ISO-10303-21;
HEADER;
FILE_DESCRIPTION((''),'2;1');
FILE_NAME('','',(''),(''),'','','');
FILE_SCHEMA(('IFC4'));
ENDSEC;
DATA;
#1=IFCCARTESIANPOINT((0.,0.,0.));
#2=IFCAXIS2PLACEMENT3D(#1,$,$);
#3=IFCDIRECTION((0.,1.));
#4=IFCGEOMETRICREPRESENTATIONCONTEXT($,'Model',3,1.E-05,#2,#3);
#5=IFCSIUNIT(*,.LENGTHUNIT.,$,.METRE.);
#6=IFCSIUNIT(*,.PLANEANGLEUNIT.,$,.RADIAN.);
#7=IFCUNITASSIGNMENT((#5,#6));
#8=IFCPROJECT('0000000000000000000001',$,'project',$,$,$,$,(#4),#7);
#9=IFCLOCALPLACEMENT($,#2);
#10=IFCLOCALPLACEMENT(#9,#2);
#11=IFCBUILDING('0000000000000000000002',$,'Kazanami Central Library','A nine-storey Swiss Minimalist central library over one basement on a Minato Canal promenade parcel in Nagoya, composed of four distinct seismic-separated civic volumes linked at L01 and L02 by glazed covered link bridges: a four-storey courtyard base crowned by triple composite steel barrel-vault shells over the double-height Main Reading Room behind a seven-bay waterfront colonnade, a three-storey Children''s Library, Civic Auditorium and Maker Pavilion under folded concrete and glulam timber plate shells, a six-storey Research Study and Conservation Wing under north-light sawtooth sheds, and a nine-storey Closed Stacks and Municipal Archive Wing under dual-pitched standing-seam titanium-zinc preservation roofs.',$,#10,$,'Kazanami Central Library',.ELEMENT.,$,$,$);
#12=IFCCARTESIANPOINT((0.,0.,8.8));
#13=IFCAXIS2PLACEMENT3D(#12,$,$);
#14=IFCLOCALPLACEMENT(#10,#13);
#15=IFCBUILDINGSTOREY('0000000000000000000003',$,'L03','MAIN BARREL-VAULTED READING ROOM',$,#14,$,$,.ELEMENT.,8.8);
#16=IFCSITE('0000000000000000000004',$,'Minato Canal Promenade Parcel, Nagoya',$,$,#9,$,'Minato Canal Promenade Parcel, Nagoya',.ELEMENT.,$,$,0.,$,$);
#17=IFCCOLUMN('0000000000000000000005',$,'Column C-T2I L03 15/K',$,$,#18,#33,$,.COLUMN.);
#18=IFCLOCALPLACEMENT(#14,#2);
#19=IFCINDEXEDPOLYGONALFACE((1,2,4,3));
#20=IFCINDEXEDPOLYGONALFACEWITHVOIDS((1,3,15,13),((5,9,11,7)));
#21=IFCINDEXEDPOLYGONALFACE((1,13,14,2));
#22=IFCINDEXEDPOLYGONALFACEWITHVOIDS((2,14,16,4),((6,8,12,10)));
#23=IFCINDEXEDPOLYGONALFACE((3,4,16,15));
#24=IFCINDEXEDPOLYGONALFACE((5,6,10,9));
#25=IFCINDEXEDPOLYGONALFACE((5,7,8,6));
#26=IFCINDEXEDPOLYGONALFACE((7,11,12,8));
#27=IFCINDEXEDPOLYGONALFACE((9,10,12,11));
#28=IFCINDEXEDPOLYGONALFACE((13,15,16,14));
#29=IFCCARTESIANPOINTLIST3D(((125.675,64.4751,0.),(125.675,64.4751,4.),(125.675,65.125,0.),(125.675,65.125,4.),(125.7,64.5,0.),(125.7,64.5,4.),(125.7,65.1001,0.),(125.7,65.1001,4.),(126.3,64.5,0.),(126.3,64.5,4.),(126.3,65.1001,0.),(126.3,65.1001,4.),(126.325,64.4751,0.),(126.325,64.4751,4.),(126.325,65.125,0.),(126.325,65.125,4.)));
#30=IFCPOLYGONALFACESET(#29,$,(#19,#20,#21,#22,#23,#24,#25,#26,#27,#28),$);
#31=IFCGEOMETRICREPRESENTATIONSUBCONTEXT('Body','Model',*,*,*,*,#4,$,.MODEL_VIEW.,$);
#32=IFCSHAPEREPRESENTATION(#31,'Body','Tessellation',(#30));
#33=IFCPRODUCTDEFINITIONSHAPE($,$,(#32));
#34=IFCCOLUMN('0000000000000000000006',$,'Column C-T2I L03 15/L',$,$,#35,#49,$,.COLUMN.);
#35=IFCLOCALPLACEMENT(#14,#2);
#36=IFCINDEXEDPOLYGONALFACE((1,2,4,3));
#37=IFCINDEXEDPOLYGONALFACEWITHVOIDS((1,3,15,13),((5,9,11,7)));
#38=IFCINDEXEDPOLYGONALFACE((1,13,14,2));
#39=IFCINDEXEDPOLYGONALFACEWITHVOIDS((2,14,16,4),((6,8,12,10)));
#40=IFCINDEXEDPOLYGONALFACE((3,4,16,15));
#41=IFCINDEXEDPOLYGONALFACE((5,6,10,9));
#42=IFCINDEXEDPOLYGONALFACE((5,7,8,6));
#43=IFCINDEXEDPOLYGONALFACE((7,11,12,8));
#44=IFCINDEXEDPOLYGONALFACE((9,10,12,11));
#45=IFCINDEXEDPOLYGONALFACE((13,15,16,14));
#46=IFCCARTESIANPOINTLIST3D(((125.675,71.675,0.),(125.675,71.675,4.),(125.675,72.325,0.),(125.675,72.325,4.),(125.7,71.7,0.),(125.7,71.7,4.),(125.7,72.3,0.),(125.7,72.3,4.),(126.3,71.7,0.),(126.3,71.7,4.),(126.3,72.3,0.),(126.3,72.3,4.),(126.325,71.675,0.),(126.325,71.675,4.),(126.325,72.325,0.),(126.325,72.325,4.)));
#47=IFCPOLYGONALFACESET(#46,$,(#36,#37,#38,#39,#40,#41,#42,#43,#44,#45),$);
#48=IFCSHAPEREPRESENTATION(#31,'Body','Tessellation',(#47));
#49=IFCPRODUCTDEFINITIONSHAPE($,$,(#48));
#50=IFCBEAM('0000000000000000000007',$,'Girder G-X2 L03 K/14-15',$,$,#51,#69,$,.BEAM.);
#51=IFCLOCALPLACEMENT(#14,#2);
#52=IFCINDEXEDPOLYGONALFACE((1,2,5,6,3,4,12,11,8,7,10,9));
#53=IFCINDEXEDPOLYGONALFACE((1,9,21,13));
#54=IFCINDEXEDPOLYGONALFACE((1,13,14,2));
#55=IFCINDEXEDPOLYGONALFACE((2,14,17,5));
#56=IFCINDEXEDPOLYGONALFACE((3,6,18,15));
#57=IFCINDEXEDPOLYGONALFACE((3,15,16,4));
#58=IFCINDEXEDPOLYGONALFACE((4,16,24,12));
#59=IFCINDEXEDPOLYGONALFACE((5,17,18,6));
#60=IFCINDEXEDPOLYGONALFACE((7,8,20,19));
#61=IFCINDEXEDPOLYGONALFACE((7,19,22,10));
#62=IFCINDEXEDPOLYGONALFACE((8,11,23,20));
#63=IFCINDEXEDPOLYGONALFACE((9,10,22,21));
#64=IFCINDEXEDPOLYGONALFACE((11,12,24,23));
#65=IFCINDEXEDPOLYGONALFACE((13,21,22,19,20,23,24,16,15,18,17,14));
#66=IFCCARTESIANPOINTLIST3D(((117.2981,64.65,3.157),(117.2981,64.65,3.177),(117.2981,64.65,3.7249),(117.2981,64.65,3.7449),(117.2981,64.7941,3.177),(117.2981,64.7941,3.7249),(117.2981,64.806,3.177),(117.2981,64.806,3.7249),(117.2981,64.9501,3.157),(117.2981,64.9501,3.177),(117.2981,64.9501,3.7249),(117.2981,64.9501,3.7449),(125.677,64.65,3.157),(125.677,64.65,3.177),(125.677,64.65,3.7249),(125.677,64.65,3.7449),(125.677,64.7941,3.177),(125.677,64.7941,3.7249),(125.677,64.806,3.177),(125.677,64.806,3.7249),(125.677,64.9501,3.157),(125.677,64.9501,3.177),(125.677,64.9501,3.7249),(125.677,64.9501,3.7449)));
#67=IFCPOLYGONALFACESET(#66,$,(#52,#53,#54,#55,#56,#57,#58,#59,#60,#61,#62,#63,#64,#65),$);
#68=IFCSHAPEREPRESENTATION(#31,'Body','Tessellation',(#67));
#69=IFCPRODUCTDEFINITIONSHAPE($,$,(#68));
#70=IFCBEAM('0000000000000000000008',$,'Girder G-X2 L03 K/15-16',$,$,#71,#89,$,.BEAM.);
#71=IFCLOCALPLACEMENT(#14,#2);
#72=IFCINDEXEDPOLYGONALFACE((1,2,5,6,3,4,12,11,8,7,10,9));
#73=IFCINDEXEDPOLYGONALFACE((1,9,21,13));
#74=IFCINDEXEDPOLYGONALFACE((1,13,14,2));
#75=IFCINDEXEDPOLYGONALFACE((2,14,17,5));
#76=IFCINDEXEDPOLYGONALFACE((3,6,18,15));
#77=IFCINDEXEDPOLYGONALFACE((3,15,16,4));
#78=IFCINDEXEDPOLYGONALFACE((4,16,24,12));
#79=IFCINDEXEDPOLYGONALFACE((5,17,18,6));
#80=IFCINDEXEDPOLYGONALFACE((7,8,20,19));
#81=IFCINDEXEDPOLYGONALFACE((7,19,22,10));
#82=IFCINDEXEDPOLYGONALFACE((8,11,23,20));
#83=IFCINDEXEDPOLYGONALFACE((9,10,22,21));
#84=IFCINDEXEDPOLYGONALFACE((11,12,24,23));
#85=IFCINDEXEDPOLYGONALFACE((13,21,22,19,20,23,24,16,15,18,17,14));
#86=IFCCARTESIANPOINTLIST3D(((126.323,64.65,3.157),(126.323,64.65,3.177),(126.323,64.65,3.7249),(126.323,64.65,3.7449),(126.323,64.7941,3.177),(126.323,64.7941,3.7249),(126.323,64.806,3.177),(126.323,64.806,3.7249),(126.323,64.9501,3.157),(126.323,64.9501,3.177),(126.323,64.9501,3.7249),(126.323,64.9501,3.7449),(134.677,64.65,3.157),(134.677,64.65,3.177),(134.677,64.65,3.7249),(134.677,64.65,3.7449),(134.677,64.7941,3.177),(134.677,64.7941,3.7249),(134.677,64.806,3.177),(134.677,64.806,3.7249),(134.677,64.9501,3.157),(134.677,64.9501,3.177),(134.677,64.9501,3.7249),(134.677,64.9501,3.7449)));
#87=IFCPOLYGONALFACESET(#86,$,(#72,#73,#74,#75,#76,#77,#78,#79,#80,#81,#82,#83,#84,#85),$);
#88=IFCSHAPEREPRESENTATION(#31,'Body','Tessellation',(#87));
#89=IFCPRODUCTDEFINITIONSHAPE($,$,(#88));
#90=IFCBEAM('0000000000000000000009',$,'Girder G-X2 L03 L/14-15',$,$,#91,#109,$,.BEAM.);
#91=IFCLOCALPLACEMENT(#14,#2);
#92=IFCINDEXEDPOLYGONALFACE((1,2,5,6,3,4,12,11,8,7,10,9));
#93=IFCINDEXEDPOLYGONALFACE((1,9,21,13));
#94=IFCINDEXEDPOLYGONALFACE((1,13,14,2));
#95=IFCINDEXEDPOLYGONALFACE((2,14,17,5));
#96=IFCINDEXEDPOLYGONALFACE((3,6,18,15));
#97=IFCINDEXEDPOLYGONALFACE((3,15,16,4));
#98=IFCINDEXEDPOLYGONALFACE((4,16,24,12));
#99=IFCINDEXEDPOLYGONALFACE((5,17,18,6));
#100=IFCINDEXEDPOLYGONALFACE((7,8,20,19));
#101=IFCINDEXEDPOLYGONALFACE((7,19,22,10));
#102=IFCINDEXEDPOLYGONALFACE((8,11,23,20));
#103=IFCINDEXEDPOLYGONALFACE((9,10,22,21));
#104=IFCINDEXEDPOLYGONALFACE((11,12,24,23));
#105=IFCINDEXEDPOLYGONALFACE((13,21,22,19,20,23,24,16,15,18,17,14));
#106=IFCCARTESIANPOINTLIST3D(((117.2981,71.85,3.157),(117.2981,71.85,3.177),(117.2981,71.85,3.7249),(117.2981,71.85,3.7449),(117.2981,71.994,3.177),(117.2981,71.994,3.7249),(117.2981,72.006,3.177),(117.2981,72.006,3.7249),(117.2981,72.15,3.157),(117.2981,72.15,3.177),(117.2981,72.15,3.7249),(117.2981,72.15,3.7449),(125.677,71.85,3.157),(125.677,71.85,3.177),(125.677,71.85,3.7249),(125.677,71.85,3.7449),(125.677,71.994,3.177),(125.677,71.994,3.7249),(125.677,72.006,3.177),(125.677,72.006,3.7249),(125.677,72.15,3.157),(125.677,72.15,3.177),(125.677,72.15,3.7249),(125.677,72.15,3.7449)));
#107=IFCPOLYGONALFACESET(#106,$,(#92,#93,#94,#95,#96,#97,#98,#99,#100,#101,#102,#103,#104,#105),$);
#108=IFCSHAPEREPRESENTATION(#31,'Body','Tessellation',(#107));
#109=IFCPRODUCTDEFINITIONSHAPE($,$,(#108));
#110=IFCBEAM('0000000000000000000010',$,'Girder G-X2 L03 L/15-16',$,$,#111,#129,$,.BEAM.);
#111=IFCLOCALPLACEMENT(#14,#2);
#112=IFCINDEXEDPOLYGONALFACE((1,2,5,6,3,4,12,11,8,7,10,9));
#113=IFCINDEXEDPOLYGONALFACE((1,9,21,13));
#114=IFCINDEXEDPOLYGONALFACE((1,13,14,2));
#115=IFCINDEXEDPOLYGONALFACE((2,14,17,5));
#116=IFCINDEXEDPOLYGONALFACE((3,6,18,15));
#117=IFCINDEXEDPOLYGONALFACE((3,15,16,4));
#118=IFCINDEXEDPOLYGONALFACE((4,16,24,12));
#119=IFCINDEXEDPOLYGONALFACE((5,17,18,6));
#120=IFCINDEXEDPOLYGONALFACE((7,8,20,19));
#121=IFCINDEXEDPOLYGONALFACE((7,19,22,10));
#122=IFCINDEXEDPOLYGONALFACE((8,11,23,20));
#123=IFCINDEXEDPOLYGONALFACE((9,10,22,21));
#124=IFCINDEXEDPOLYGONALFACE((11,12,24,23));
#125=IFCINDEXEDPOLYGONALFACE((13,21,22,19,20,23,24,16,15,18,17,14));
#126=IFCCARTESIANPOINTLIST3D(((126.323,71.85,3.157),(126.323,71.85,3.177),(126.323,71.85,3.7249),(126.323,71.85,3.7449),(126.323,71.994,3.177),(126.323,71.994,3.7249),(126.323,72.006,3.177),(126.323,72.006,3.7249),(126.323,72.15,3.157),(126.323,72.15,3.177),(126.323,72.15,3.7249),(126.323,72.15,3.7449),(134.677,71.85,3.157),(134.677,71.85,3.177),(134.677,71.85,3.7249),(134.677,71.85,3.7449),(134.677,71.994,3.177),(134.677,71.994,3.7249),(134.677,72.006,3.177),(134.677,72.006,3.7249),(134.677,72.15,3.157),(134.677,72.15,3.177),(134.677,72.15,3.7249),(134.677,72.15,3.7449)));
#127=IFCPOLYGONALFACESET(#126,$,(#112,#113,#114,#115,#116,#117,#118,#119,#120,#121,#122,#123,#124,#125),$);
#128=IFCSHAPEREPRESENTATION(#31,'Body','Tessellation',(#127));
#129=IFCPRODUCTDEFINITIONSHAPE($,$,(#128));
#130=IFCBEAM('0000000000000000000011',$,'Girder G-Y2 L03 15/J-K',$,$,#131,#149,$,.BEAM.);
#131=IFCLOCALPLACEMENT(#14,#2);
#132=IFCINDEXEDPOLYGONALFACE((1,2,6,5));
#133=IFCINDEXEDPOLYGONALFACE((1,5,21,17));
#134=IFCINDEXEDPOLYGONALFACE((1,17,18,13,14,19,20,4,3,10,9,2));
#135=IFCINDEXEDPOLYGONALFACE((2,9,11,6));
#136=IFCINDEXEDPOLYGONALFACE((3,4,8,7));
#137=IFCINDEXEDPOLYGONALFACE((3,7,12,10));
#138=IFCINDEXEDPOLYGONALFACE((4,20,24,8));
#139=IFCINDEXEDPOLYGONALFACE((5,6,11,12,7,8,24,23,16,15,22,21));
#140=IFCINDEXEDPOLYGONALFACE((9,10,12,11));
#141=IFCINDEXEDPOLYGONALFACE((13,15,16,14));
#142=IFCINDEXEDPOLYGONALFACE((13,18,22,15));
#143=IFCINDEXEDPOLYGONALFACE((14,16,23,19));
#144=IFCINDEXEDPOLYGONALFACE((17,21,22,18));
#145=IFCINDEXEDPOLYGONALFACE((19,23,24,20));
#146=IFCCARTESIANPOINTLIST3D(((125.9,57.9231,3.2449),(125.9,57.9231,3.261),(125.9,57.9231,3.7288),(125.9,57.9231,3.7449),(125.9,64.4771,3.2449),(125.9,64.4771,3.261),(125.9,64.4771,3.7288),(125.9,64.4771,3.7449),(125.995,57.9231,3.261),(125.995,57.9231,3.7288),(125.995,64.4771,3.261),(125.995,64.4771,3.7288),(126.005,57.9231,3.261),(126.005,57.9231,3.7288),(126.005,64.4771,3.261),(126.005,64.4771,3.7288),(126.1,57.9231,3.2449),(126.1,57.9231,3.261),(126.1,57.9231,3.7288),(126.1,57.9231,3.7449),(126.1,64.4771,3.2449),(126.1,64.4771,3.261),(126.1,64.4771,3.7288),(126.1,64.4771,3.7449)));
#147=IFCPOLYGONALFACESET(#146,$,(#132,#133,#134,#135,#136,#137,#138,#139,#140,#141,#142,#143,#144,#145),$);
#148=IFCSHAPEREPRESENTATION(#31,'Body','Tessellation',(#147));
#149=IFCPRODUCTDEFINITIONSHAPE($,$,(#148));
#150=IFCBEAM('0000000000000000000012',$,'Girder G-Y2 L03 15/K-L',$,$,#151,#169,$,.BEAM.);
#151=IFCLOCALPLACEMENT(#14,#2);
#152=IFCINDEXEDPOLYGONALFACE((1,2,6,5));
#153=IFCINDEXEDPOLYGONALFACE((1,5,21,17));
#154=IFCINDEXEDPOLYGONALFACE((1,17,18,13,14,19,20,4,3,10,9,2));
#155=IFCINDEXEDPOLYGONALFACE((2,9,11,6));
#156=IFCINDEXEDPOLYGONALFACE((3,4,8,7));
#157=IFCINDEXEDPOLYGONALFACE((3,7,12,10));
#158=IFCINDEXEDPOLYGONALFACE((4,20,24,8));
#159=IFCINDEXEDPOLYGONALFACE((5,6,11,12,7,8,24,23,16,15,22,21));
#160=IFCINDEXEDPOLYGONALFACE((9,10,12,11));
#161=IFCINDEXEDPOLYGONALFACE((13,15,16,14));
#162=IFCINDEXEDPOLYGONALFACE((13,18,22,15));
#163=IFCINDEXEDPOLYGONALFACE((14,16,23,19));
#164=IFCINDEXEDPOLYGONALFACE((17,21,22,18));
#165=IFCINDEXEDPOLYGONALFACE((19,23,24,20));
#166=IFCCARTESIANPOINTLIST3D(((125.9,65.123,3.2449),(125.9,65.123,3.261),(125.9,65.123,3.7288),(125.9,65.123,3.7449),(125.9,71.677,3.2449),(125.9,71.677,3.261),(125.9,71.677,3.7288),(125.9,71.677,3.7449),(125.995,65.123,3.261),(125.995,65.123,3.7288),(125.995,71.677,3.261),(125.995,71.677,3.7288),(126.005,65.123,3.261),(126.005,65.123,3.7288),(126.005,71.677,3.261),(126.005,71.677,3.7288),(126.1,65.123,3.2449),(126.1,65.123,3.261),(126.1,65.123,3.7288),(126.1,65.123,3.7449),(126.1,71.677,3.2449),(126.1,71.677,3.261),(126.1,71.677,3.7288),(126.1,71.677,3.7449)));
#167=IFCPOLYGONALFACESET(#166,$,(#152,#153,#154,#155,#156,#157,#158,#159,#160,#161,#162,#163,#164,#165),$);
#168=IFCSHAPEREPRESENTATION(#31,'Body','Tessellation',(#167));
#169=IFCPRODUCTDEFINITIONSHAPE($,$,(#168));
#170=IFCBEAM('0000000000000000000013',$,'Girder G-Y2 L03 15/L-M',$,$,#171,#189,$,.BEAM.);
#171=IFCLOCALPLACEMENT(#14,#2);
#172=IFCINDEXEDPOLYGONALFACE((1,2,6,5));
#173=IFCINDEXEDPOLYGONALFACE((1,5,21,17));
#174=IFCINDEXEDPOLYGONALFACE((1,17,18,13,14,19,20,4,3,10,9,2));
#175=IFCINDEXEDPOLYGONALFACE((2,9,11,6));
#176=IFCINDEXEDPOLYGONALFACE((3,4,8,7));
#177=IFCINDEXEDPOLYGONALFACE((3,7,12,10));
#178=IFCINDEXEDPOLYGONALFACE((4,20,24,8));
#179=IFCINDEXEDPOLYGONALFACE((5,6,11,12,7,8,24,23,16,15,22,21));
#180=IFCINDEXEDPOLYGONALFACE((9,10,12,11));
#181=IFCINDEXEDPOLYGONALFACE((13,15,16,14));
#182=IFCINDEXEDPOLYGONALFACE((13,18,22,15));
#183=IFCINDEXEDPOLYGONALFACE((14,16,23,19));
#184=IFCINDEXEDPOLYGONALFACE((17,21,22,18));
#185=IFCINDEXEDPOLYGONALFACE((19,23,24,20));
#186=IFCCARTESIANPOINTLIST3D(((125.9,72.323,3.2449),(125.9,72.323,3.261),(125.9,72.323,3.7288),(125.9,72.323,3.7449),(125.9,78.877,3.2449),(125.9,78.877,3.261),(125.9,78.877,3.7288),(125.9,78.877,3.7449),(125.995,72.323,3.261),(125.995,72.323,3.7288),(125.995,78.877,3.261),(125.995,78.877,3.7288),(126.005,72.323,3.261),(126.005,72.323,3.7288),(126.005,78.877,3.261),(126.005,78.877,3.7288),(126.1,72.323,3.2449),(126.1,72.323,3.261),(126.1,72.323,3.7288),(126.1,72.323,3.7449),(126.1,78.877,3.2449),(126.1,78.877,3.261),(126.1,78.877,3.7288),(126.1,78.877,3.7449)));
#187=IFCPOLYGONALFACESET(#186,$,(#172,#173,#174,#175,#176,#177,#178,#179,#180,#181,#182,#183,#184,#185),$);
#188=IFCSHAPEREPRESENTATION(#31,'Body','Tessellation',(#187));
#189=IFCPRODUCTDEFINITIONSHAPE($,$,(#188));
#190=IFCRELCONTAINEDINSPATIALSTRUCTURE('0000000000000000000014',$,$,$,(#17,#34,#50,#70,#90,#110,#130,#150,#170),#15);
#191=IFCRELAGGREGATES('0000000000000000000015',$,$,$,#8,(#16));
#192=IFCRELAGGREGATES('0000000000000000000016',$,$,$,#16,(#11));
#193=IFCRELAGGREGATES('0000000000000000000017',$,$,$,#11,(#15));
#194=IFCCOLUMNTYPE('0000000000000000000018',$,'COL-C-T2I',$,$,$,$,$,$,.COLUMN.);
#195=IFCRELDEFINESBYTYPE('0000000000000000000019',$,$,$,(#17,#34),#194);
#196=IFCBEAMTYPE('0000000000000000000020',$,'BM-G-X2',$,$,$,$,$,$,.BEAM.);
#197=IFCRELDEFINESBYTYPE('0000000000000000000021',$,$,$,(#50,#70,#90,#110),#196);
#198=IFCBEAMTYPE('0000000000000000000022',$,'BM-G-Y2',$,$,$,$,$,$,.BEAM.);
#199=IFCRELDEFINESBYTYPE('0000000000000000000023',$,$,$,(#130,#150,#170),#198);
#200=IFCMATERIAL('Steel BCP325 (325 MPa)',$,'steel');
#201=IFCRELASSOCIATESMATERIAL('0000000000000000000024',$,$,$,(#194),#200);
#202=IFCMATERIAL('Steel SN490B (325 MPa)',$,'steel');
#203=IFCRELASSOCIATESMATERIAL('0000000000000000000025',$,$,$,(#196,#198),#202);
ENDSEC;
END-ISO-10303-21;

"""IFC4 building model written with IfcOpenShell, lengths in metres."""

from ifc_helpers import new_model, si_unit, direction, frame, origin, origin_2d, place, context, subcontext, project, spatial, hollow_rectangle, i_section, extrude, material, material_profile, profile_set, type_object, element, save


model = new_model("IFC4")

# Units and contexts
model_context = context("Model", 3, precision=1e-05, world=origin(), true_north=direction((0.0, 1.0)))
body_context = subcontext(model_context, "Body", "Model", "MODEL_VIEW")
ifc_project = project(units=[si_unit("LENGTHUNIT", "METRE"), si_unit("PLANEANGLEUNIT", "RADIAN")], contexts=[model_context])

# Site, building, storey
site_placement = place(None, origin())
site = spatial("IfcSite", under=ifc_project, at=site_placement, Name="Minato Canal Promenade Parcel, Nagoya", LongName="Minato Canal Promenade Parcel, Nagoya", CompositionType="ELEMENT", RefElevation=0.0)
building_placement = place(site_placement, origin())
building = spatial("IfcBuilding", under=site, at=building_placement, Name="Kazanami Central Library", Description="A nine-storey Swiss Minimalist central library over one basement on a Minato Canal promenade parcel in Nagoya, composed of four distinct seismic-separated civic volumes linked at L01 and L02 by glazed covered link bridges: a four-storey courtyard base crowned by triple composite steel barrel-vault shells over the double-height Main Reading Room behind a seven-bay waterfront colonnade, a three-storey Children's Library, Civic Auditorium and Maker Pavilion under folded concrete and glulam timber plate shells, a six-storey Research Study and Conservation Wing under north-light sawtooth sheds, and a nine-storey Closed Stacks and Municipal Archive Wing under dual-pitched standing-seam titanium-zinc preservation roofs.", LongName="Kazanami Central Library", CompositionType="ELEMENT")
storey_placement = place(building_placement, frame((0.0, 0.0, 8.8)))
storey = spatial("IfcBuildingStorey", under=building, at=storey_placement, Name="L03", Description="MAIN BARREL-VAULTED READING ROOM", CompositionType="ELEMENT", Elevation=8.8)

# Columns
ifc_material_1 = material(Name="Steel BCP325 (325 MPa)", Category="steel")
ifc_material_profile_1 = material_profile(ifc_material_1, hollow_rectangle(XDim=0.6499, YDim=0.6499, WallThickness=0.0249, at=origin_2d()), Name="BCP-650x650x25")
ifc_profile_set_1 = profile_set([ifc_material_profile_1], Name="Steel BCP325 (325 MPa)")
column_type = type_object("IfcColumnType", Name="COL-C-T2I", PredefinedType="COLUMN", material=ifc_profile_set_1)
for number, where, z_axis, x_axis, name in (
    (1, (126.0, 64.8, 0.0), (0.0, 0.0, 1.0), (1.0, 0.0, 0.0), "Column C-T2I L03 15/K"),
    (2, (126.0, 72.0, 0.0), (0.0, 0.0, 1.0), (1.0, 0.0, 0.0), "Column C-T2I L03 15/L"),
):
    element("IfcColumn", number, at=place(storey_placement, frame(where, z_axis=z_axis, x_axis=x_axis)), inside=storey, type_object=column_type, Name=name, PredefinedType="COLUMN", context=body_context, shape_type="SweptSolid", body=[
        extrude(hollow_rectangle(XDim=0.6499, YDim=0.6499, WallThickness=0.0249, at=origin_2d()), origin(), (0.0, 0.0, 1.0), 4.0),
    ])

# Beams
ifc_material_2 = material(Name="Steel SN490B (325 MPa)", Category="steel")
ifc_material_profile_2 = material_profile(ifc_material_2, i_section(OverallWidth=0.3, OverallDepth=0.5879, WebThickness=0.012, FlangeThickness=0.02, at=origin_2d()), Name="H-588x300x12x20")
ifc_profile_set_2 = profile_set([ifc_material_profile_2], Name="Steel SN490B (325 MPa)")
beam_type_1 = type_object("IfcBeamType", Name="BM-G-X2", PredefinedType="BEAM", material=ifc_profile_set_2)
beam_1_placement = place(storey_placement, frame((117.2981, 64.8, 3.4509), z_axis=(1.0, 0.0, 0.0), x_axis=(0.0, 1.0, 0.0)))
element("IfcBeam", 3, at=beam_1_placement, inside=storey, type_object=beam_type_1, Name="Girder G-X2 L03 K/14-15", PredefinedType="BEAM", context=body_context, shape_type="SweptSolid", body=[
    extrude(i_section(OverallWidth=0.3, OverallDepth=0.5879, WebThickness=0.012, FlangeThickness=0.02, at=origin_2d()), origin(), (0.0, 0.0, 1.0), 8.3789),
])
beam_2_placement = place(storey_placement, frame((126.323, 64.8, 3.4509), z_axis=(1.0, 0.0, 0.0), x_axis=(0.0, 1.0, 0.0)))
element("IfcBeam", 4, at=beam_2_placement, inside=storey, type_object=beam_type_1, Name="Girder G-X2 L03 K/15-16", PredefinedType="BEAM", context=body_context, shape_type="SweptSolid", body=[
    extrude(i_section(OverallWidth=0.3, OverallDepth=0.5879, WebThickness=0.012, FlangeThickness=0.02, at=origin_2d()), origin(), (0.0, 0.0, 1.0), 8.354),
])
beam_3_placement = place(storey_placement, frame((117.2981, 72.0, 3.4509), z_axis=(1.0, 0.0, 0.0), x_axis=(0.0, 1.0, 0.0)))
element("IfcBeam", 5, at=beam_3_placement, inside=storey, type_object=beam_type_1, Name="Girder G-X2 L03 L/14-15", PredefinedType="BEAM", context=body_context, shape_type="SweptSolid", body=[
    extrude(i_section(OverallWidth=0.3, OverallDepth=0.5879, WebThickness=0.012, FlangeThickness=0.02, at=origin_2d()), origin(), (0.0, 0.0, 1.0), 8.3789),
])
beam_4_placement = place(storey_placement, frame((126.323, 72.0, 3.4509), z_axis=(1.0, 0.0, 0.0), x_axis=(0.0, 1.0, 0.0)))
element("IfcBeam", 6, at=beam_4_placement, inside=storey, type_object=beam_type_1, Name="Girder G-X2 L03 L/15-16", PredefinedType="BEAM", context=body_context, shape_type="SweptSolid", body=[
    extrude(i_section(OverallWidth=0.3, OverallDepth=0.5879, WebThickness=0.012, FlangeThickness=0.02, at=origin_2d()), origin(), (0.0, 0.0, 1.0), 8.354),
])
ifc_material_profile_3 = material_profile(ifc_material_2, i_section(OverallWidth=0.2, OverallDepth=0.5, WebThickness=0.01, FlangeThickness=0.0161, at=origin_2d()), Name="H-500x200x10x16")
ifc_profile_set_3 = profile_set([ifc_material_profile_3], Name="Steel SN490B (325 MPa)")
beam_type_2 = type_object("IfcBeamType", Name="BM-G-Y2", PredefinedType="BEAM", material=ifc_profile_set_3)
for number, where, z_axis, x_axis, name in (
    (7, (126.0, 57.9231, 3.4949), (0.0, 1.0, 0.0), (-1.0, 0.0, 0.0), "Girder G-Y2 L03 15/J-K"),
    (8, (126.0, 65.123, 3.4949), (0.0, 1.0, 0.0), (-1.0, 0.0, 0.0), "Girder G-Y2 L03 15/K-L"),
    (9, (126.0, 72.323, 3.4949), (0.0, 1.0, 0.0), (-1.0, 0.0, 0.0), "Girder G-Y2 L03 15/L-M"),
):
    element("IfcBeam", number, at=place(storey_placement, frame(where, z_axis=z_axis, x_axis=x_axis)), inside=storey, type_object=beam_type_2, Name=name, PredefinedType="BEAM", context=body_context, shape_type="SweptSolid", body=[
        extrude(i_section(OverallWidth=0.2, OverallDepth=0.5, WebThickness=0.01, FlangeThickness=0.0161, at=origin_2d()), origin(), (0.0, 0.0, 1.0), 6.554),
    ])

save(model, "model.ifc")
